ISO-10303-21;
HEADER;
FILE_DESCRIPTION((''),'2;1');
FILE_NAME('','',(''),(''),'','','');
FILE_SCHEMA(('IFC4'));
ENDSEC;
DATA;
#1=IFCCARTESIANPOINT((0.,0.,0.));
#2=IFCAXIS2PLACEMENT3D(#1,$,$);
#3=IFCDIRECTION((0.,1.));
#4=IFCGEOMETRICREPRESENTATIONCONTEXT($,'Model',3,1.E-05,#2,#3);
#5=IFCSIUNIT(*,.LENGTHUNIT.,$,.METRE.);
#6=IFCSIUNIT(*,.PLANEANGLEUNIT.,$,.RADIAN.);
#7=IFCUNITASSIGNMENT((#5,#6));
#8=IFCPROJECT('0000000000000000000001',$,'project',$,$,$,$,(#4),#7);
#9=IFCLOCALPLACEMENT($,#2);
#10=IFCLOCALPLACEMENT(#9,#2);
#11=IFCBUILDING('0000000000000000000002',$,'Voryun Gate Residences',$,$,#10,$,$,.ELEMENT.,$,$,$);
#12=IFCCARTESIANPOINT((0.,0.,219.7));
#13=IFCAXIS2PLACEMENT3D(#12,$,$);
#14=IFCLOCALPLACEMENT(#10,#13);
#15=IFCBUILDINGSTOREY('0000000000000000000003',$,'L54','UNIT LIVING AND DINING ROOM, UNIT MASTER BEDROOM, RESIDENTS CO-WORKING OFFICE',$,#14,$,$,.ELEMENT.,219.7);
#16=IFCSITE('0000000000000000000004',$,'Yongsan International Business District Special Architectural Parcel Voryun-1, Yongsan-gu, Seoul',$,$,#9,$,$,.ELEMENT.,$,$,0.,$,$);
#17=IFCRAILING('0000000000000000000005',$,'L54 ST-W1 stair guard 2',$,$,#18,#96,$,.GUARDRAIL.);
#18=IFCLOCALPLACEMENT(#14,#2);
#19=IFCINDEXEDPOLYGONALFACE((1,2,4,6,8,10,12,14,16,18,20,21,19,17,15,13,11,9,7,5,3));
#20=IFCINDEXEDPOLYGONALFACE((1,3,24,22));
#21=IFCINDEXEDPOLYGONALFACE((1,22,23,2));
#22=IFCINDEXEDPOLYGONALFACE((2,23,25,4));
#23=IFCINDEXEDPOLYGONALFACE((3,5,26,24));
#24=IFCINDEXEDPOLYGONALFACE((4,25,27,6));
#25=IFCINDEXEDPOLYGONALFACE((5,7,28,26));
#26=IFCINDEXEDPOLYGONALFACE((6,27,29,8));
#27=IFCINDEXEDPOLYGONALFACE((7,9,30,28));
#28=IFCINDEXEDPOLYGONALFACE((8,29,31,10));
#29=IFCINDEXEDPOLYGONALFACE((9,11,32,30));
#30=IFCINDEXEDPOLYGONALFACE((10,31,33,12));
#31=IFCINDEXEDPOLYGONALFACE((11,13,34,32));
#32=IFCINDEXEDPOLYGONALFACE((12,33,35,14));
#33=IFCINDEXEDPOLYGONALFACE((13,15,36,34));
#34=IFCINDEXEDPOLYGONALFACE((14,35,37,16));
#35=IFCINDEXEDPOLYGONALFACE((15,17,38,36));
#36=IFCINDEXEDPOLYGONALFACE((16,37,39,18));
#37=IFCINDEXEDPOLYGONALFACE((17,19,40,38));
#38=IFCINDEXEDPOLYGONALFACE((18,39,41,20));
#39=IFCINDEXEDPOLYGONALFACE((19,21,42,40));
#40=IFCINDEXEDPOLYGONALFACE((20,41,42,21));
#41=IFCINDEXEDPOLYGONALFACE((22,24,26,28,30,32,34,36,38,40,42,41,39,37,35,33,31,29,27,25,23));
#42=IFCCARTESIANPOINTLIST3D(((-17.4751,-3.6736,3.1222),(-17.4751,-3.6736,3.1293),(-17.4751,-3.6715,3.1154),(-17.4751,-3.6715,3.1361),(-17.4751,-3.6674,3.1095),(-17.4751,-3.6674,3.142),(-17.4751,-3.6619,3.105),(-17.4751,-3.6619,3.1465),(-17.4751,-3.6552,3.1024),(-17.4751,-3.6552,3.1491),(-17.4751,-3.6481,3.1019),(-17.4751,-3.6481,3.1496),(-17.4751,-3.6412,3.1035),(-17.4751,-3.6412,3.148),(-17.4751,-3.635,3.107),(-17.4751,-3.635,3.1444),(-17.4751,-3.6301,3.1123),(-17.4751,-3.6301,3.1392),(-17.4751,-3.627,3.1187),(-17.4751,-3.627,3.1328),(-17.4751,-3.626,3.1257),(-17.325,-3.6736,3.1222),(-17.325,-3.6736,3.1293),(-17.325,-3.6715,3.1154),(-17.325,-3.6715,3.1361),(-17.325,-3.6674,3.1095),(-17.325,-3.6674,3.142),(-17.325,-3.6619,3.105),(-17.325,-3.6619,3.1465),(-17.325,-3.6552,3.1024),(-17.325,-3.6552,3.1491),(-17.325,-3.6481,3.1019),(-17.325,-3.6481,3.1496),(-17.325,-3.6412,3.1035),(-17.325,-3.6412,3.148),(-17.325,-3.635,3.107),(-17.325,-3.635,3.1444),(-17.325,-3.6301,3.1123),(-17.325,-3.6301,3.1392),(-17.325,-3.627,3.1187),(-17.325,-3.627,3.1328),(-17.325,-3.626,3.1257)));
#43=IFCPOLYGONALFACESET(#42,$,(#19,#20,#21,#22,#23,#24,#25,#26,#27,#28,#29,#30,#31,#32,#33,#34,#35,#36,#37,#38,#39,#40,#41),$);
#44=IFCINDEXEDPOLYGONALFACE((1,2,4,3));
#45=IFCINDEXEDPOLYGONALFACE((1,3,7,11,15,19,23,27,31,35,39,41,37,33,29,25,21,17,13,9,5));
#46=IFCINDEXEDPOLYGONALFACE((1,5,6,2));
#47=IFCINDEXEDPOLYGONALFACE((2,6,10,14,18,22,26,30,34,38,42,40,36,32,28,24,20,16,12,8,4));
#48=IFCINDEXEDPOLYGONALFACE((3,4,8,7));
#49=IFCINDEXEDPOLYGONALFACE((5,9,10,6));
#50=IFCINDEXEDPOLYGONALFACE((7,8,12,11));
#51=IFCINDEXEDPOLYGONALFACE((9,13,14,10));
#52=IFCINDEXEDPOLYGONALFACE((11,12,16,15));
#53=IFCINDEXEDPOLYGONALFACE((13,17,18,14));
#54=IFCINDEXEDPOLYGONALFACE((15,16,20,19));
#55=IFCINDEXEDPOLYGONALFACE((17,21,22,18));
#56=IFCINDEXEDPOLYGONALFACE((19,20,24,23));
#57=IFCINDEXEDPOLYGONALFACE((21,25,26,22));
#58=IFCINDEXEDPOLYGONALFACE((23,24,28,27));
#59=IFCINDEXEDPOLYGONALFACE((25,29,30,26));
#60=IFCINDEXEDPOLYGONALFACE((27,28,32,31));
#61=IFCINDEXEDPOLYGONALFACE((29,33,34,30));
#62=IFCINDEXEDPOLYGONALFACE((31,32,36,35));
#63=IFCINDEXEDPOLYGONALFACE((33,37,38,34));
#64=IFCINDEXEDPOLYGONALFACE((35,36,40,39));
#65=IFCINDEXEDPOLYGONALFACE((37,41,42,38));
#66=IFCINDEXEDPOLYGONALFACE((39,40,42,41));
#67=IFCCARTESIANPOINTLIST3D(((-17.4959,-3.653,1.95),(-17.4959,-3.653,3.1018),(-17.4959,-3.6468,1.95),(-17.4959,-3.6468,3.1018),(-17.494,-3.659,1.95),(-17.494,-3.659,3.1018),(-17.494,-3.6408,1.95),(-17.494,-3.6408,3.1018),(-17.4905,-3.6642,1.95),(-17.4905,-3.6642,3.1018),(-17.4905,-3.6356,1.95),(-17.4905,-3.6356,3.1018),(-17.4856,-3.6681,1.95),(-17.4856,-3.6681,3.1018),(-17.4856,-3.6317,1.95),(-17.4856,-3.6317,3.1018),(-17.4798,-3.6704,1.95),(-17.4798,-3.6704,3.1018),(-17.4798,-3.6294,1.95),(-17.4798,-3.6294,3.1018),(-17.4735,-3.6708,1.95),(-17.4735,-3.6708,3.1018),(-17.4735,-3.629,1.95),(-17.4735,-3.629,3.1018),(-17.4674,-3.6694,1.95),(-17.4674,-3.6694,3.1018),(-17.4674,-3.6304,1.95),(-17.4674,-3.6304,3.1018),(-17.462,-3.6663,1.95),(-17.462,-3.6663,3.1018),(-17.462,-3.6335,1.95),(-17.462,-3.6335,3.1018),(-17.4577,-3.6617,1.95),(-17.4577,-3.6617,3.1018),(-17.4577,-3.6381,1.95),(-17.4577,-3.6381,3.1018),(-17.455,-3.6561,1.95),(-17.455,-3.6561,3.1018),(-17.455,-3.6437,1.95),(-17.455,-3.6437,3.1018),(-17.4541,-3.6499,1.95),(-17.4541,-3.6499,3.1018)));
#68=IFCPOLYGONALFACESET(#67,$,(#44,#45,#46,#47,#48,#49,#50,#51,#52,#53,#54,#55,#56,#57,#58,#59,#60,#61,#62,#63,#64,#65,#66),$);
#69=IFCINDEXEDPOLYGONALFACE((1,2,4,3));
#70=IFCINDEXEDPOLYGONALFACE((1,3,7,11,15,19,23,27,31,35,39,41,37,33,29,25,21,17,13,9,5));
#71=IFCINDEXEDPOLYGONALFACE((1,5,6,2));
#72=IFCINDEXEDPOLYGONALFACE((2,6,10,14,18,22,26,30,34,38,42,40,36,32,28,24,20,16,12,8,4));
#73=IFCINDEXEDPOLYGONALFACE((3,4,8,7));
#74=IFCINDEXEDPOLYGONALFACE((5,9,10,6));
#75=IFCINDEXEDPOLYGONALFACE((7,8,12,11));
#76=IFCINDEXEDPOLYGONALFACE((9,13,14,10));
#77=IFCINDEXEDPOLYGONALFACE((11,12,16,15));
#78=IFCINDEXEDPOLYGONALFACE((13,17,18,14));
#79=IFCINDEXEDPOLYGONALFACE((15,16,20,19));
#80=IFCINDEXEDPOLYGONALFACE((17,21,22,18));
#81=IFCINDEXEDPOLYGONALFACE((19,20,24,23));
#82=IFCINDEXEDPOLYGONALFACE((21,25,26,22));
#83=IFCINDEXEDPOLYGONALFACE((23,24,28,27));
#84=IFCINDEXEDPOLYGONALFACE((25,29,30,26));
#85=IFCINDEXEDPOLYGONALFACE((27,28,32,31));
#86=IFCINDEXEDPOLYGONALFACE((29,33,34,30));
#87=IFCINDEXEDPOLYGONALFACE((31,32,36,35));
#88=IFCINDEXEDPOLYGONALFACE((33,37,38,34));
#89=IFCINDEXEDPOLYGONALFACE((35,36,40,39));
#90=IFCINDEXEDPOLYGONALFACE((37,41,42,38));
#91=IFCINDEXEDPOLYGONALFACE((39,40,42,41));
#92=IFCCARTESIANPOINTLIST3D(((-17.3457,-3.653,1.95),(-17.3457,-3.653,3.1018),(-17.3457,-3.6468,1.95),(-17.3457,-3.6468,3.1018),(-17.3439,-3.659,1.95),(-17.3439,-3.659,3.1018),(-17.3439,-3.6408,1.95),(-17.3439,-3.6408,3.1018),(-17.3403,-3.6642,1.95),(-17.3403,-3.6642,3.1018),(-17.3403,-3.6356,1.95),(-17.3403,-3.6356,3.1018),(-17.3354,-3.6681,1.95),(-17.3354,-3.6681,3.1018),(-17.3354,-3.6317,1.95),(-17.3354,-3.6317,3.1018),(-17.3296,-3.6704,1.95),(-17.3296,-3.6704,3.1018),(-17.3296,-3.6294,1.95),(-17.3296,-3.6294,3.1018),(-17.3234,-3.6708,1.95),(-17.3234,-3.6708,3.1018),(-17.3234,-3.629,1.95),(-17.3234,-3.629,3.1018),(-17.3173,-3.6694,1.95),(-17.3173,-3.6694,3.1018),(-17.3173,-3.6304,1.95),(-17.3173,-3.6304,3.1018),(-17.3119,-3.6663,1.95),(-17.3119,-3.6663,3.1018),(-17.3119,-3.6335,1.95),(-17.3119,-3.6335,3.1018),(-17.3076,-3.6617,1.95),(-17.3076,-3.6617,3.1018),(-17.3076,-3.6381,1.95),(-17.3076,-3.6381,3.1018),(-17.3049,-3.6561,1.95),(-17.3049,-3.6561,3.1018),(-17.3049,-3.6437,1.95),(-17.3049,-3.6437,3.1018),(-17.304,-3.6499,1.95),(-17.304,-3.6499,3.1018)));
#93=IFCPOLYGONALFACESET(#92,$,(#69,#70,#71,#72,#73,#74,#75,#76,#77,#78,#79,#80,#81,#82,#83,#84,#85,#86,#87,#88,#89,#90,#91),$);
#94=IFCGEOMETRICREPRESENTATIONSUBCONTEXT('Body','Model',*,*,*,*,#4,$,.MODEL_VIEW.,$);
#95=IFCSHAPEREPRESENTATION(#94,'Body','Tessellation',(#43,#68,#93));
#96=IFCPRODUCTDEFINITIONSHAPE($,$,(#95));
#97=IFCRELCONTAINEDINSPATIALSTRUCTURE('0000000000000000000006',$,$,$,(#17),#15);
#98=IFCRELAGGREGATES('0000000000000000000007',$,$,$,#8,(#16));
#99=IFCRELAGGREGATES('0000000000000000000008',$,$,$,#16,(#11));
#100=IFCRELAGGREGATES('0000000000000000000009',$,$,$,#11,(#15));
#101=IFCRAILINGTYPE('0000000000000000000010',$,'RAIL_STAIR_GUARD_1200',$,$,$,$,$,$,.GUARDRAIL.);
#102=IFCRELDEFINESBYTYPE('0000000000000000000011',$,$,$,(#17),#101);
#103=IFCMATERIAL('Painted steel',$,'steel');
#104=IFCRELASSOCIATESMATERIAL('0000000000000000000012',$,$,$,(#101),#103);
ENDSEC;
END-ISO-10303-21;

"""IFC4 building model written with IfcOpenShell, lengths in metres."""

from ifc_helpers import new_model, si_unit, direction, frame, origin, origin_2d, place, context, subcontext, project, spatial, circle, extrude, material, type_object, element, save


model = new_model("IFC4")

# Units and contexts
model_context = context("Model", 3, precision=1e-05, world=origin(), true_north=direction((0.0, 1.0)))
body_context = subcontext(model_context, "Body", "Model", "MODEL_VIEW")
ifc_project = project(units=[si_unit("LENGTHUNIT", "METRE"), si_unit("PLANEANGLEUNIT", "RADIAN")], contexts=[model_context])

# Site, building, storey
site_placement = place(None, origin())
site = spatial("IfcSite", under=ifc_project, at=site_placement, Name="Yongsan International Business District Special Architectural Parcel Voryun-1, Yongsan-gu, Seoul", CompositionType="ELEMENT", RefElevation=0.0)
building_placement = place(site_placement, origin())
building = spatial("IfcBuilding", under=site, at=building_placement, Name="Voryun Gate Residences", CompositionType="ELEMENT")
storey_placement = place(building_placement, frame((0.0, 0.0, 219.7)))
storey = spatial("IfcBuildingStorey", under=building, at=storey_placement, Name="L54", Description="UNIT LIVING AND DINING ROOM, UNIT MASTER BEDROOM, RESIDENTS CO-WORKING OFFICE", CompositionType="ELEMENT", Elevation=219.7)

# Railing
ifc_material_1 = material(Name="Painted steel", Category="steel")
railing_type_1 = type_object("IfcRailingType", Name="RAIL_STAIR_GUARD_1200", PredefinedType="GUARDRAIL", material=ifc_material_1)
railing_1_placement = place(storey_placement, frame((-17.4751, -3.6499, 1.95)))
element("IfcRailing", 1, at=railing_1_placement, inside=storey, type_object=railing_type_1, Name="L54 ST-W1 stair guard 2", PredefinedType="GUARDRAIL", context=body_context, shape_type="SweptSolid", body=[
    extrude(circle(Radius=0.0239, at=origin_2d()), frame((0.0, 0.0, 1.1758), z_axis=(1.0, 0.0, 0.0), x_axis=(0.0, 1.0, 0.0)), (0.0, 0.0, 1.0), 0.1501),
    extrude(circle(Radius=0.021, at=origin_2d()), origin(), (0.0, 0.0, 1.0), 1.1519),
    extrude(circle(Radius=0.021, at=origin_2d()), frame((0.1501, 0.0, 0.0)), (0.0, 0.0, 1.0), 1.1519),
])

save(model, "model.ifc")
